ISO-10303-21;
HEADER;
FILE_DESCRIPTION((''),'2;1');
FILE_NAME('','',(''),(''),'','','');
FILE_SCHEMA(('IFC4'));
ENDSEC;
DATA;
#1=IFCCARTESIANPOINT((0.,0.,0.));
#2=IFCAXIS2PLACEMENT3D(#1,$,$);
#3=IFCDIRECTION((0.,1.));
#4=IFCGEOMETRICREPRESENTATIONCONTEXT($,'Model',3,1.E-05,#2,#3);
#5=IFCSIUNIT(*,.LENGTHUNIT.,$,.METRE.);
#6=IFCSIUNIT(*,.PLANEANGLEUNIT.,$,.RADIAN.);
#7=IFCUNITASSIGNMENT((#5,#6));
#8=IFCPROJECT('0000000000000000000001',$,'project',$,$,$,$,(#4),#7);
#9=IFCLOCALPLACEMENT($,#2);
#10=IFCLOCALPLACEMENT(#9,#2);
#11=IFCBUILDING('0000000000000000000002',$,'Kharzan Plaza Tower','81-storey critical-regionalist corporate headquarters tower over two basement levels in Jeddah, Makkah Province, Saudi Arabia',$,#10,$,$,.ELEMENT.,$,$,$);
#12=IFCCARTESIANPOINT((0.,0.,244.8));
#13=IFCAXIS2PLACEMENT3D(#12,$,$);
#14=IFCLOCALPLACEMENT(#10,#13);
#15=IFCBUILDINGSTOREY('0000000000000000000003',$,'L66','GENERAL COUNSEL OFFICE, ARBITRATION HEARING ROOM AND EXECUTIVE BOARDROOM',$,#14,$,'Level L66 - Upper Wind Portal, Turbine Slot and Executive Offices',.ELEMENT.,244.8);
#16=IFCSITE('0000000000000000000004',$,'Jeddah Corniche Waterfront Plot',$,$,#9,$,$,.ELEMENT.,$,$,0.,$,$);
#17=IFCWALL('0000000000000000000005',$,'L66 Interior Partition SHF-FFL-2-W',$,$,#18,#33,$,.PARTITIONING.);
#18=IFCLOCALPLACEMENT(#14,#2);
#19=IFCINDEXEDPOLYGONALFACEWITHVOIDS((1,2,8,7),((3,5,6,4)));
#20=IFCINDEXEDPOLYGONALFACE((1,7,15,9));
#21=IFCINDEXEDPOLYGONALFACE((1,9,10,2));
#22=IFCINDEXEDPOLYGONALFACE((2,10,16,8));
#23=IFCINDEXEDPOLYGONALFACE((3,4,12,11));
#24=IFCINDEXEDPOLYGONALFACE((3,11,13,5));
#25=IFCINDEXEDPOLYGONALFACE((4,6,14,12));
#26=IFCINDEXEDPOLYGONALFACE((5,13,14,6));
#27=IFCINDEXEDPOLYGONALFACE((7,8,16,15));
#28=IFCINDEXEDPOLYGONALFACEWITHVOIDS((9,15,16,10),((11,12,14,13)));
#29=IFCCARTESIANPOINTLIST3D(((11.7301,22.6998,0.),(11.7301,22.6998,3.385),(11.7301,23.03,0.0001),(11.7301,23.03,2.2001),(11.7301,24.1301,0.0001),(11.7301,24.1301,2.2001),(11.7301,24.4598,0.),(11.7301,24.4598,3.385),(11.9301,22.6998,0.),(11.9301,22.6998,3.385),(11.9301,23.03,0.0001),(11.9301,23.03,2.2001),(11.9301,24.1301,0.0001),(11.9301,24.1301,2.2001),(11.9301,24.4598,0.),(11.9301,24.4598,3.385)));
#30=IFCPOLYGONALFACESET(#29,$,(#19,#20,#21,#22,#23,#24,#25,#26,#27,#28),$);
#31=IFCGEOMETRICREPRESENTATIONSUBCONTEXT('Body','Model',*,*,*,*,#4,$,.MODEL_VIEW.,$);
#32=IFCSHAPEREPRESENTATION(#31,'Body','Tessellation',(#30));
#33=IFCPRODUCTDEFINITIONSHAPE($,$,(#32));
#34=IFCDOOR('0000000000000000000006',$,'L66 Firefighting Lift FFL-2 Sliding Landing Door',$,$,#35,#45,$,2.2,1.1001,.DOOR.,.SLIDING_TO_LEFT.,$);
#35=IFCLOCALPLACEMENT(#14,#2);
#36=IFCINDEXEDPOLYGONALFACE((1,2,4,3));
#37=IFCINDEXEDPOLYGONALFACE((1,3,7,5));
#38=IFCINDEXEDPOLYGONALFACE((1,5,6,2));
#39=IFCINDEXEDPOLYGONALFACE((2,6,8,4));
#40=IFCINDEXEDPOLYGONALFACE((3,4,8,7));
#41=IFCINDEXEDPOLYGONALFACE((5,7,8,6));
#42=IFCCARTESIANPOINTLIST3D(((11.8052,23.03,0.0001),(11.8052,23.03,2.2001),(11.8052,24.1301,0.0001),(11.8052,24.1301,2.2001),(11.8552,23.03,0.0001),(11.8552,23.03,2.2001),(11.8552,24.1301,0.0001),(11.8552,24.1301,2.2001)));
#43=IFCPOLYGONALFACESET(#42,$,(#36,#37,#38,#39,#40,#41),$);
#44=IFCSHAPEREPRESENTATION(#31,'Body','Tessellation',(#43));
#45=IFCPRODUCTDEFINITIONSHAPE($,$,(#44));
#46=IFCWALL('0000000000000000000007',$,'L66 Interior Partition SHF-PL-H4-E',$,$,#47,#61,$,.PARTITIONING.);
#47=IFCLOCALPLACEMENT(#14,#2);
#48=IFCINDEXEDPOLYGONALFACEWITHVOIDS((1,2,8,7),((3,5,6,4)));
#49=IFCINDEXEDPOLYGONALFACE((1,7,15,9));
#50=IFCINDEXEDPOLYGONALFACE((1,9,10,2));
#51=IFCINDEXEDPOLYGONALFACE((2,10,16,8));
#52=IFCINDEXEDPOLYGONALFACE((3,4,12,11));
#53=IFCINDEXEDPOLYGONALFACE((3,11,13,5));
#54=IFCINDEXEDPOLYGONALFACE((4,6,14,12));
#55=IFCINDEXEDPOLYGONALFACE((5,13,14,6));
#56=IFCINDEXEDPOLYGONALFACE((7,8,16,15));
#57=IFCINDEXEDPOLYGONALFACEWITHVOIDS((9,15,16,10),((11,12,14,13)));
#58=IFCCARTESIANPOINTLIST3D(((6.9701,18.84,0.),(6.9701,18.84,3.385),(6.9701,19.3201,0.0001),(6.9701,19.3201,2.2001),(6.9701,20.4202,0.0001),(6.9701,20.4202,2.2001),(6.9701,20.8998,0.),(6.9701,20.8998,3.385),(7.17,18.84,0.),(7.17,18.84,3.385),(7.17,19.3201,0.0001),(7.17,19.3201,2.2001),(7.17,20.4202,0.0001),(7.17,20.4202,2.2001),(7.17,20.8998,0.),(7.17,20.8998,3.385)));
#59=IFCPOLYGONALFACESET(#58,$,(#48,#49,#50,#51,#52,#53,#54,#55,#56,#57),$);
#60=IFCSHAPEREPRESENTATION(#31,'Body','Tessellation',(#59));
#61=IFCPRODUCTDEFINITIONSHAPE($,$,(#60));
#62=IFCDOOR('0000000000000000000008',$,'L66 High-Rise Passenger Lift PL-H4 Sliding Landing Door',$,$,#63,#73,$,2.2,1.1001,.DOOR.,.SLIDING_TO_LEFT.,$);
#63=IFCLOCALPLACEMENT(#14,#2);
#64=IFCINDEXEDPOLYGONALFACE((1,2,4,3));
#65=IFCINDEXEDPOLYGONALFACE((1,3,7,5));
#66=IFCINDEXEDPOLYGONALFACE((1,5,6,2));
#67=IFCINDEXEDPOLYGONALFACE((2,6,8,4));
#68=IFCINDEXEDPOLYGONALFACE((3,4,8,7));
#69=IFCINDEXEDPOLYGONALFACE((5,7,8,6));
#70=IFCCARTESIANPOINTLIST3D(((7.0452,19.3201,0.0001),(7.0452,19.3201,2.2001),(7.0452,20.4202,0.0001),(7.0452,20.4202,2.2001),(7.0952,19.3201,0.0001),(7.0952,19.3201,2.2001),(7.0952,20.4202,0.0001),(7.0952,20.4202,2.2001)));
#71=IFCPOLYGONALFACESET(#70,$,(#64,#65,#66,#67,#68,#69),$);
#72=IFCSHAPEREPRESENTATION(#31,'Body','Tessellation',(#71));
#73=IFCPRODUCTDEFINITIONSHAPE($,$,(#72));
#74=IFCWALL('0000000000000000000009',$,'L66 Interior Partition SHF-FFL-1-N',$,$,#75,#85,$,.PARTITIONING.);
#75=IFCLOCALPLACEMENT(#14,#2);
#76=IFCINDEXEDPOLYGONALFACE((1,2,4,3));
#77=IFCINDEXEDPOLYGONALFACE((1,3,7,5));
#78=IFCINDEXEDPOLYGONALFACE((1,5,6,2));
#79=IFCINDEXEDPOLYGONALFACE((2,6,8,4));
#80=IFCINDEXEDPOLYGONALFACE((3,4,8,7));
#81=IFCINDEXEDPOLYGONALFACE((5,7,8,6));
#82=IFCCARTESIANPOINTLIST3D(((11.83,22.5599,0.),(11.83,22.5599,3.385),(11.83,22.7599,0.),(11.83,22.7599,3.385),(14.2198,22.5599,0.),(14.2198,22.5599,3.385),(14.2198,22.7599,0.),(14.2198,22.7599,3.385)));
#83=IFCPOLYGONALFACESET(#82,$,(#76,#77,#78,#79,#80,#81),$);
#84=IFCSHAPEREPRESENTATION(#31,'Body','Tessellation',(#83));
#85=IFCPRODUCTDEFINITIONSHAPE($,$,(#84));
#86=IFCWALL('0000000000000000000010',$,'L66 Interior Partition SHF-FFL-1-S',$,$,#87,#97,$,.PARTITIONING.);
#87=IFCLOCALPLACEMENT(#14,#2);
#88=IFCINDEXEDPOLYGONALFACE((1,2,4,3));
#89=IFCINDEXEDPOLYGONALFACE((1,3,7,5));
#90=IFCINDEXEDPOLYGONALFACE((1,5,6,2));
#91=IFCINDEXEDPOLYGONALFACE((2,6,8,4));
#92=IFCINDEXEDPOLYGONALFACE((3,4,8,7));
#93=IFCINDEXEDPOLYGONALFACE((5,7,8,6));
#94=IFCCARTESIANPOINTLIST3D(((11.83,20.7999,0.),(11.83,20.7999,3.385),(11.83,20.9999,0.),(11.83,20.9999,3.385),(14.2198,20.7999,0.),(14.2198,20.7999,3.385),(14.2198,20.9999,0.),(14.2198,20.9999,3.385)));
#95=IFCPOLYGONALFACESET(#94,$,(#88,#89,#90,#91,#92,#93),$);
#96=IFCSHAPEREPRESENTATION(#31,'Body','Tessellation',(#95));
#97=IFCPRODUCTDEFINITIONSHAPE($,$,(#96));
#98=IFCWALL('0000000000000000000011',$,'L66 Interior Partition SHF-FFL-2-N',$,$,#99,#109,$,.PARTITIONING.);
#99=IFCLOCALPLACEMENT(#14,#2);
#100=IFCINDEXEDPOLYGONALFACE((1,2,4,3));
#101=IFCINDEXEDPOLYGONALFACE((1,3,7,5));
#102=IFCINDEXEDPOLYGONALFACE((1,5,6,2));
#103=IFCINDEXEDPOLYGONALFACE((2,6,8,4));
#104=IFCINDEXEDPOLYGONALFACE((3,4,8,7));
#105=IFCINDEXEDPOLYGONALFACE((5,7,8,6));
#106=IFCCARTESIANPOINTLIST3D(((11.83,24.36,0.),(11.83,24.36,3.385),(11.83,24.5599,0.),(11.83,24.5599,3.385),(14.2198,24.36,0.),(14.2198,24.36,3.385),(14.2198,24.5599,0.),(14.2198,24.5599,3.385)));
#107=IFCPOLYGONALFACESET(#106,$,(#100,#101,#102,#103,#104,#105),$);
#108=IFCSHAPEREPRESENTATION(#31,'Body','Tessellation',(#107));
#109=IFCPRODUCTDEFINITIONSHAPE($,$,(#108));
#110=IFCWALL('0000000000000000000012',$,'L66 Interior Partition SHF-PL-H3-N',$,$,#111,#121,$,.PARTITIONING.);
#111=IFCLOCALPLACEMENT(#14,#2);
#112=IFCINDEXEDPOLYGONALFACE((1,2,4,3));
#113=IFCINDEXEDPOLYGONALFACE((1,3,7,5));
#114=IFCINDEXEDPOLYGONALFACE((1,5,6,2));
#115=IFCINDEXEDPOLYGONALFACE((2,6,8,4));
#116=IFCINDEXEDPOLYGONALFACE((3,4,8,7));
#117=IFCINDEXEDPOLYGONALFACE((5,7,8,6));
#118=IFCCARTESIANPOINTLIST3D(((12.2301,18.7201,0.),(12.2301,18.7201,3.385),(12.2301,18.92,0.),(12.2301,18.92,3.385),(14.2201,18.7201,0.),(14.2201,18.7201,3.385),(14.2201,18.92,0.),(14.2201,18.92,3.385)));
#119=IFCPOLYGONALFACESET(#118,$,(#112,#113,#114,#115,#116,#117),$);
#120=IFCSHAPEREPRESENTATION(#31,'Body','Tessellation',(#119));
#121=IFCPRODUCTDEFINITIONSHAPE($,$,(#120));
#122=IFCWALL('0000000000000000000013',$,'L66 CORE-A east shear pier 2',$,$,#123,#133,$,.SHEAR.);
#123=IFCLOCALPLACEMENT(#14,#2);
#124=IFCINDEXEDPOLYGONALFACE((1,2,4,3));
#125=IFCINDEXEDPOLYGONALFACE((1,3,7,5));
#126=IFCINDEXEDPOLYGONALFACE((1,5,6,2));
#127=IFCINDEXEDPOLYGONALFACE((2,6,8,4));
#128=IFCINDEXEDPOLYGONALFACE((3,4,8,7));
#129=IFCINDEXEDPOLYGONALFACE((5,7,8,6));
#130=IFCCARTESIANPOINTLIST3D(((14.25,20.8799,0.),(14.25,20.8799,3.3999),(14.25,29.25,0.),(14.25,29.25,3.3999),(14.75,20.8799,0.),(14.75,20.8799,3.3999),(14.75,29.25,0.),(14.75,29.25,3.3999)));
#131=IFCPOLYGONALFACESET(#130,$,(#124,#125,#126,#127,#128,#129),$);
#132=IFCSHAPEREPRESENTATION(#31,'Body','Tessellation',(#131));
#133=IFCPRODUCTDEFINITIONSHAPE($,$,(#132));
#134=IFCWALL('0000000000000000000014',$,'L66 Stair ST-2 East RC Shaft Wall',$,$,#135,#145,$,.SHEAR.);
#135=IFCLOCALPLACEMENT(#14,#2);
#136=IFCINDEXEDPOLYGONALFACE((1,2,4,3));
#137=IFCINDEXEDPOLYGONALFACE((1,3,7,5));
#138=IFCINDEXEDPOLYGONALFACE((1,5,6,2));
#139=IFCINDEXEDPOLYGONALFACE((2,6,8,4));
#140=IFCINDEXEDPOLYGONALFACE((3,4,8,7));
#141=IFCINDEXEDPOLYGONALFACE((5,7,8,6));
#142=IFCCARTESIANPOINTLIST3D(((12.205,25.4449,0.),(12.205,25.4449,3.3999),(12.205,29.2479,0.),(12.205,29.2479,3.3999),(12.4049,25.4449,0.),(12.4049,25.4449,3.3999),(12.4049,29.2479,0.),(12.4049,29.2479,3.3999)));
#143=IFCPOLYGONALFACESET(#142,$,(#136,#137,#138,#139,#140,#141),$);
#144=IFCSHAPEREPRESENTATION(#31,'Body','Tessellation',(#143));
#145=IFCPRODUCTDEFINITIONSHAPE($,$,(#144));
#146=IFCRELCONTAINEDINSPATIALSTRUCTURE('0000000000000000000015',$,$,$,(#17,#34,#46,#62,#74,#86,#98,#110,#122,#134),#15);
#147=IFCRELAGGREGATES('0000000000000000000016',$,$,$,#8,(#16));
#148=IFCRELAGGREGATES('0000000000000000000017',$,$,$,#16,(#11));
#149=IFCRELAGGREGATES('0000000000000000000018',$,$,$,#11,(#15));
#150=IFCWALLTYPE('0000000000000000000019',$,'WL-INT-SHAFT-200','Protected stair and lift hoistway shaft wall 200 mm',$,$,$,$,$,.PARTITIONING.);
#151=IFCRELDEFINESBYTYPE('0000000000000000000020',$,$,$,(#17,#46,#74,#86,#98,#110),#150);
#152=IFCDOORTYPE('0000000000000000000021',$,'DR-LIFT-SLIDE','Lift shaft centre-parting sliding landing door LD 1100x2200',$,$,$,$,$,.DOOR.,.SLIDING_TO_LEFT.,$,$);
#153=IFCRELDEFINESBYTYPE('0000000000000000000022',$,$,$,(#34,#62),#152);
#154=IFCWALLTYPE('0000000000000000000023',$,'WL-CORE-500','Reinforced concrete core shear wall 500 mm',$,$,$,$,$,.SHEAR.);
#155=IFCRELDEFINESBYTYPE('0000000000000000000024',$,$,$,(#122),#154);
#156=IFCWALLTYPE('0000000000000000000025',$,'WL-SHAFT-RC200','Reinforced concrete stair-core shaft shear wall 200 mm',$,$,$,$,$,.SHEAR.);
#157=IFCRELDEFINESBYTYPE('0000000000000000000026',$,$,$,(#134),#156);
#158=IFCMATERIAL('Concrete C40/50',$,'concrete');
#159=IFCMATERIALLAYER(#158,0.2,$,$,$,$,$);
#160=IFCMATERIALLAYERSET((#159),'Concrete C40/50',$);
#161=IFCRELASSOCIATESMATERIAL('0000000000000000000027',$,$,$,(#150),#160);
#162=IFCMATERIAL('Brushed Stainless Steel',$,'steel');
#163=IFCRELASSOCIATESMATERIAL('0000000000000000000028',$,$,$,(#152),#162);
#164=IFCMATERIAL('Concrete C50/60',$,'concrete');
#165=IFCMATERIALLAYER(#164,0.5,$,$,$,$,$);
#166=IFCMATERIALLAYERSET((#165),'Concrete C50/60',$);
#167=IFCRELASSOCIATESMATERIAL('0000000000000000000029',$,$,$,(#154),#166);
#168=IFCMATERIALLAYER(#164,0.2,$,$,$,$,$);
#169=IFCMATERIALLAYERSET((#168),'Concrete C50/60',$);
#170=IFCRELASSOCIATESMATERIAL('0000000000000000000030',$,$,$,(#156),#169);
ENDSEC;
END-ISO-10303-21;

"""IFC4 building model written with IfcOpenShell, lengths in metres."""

from ifc_helpers import new_model, si_unit, direction, frame, frame_2d, origin, place, context, subcontext, project, spatial, rectangle, extrude, source, transform, mapped, material, layer, layer_set, type_object, element, fill, save


model = new_model("IFC4")

# Units and contexts
model_context = context("Model", 3, precision=1e-05, world=origin(), true_north=direction((0.0, 1.0)))
body_context = subcontext(model_context, "Body", "Model", "MODEL_VIEW")
ifc_project = project(units=[si_unit("LENGTHUNIT", "METRE"), si_unit("PLANEANGLEUNIT", "RADIAN")], contexts=[model_context])

# Site, building, storey
site_placement = place(None, origin())
site = spatial("IfcSite", under=ifc_project, at=site_placement, Name="Jeddah Corniche Waterfront Plot", CompositionType="ELEMENT", RefElevation=0.0)
building_placement = place(site_placement, origin())
building = spatial("IfcBuilding", under=site, at=building_placement, Name="Kharzan Plaza Tower", Description="81-storey critical-regionalist corporate headquarters tower over two basement levels in Jeddah, Makkah Province, Saudi Arabia", CompositionType="ELEMENT")
storey_placement = place(building_placement, frame((0.0, 0.0, 244.8)))
storey = spatial("IfcBuildingStorey", under=building, at=storey_placement, Name="L66", Description="GENERAL COUNSEL OFFICE, ARBITRATION HEARING ROOM AND EXECUTIVE BOARDROOM", LongName="Level L66 - Upper Wind Portal, Turbine Slot and Executive Offices", CompositionType="ELEMENT", Elevation=244.8)

# Walls, openings, doors
ifc_material_1 = material(Name="Concrete C40/50", Category="concrete")
ifc_layer_1 = layer(ifc_material_1, 0.2)
ifc_layer_set_1 = layer_set([ifc_layer_1], Name="Concrete C40/50")
wall_type_1 = type_object("IfcWallType", Name="WL-INT-SHAFT-200", Description="Protected stair and lift hoistway shaft wall 200 mm", PredefinedType="PARTITIONING", material=ifc_layer_set_1)
ifc_material_2 = material(Name="Brushed Stainless Steel", Category="steel")
door_type_1 = type_object("IfcDoorType", Name="DR-LIFT-SLIDE", Description="Lift shaft centre-parting sliding landing door LD 1100x2200", OperationType="SLIDING_TO_LEFT", PredefinedType="DOOR", material=ifc_material_2)
shared_shape_1 = source(origin(), body_context, "Body", "SweptSolid", [
    extrude(rectangle(XDim=1.1001, YDim=2.2, at=frame_2d((0.55, 1.1001))), frame((0.0, 0.0249, 0.0), z_axis=(0.0, -1.0, 0.0), x_axis=(1.0, 0.0, 0.0)), (0.0, 0.0, 1.0), 0.05),
])
wall_1_placement = place(storey_placement, frame((11.8301, 22.7, 0.0), z_axis=(0.0, 0.0, 1.0), x_axis=(0.0, 1.0, 0.0)))
wall_1 = element("IfcWall", 1, at=wall_1_placement, inside=storey, type_object=wall_type_1, Name="L66 Interior Partition SHF-FFL-2-W", PredefinedType="PARTITIONING", context=body_context, shape_type="SweptSolid", body=[
    extrude(rectangle(XDim=1.76, YDim=0.2, at=frame_2d((0.8799, 0.0))), origin(), (0.0, 0.0, 1.0), 3.385),
])
opening_1_placement = place(wall_1_placement, frame((0.3301, 0.0, 0.0)))
opening_1 = element("IfcOpeningElement", 2, at=opening_1_placement, cuts=wall_1, PredefinedType="OPENING", context=body_context, shape_type="SweptSolid", body=[
    extrude(rectangle(XDim=1.1001, YDim=2.2, at=frame_2d((0.55, 1.1001))), frame((0.0, 0.1099, 0.0), z_axis=(0.0, -1.0, 0.0), x_axis=(1.0, 0.0, 0.0)), (0.0, 0.0, 1.0), 0.22),
])
door_1_placement = place(opening_1_placement, origin())
door_1 = element("IfcDoor", 3, at=door_1_placement, inside=storey, type_object=door_type_1, Name="L66 Firefighting Lift FFL-2 Sliding Landing Door", OperationType="SLIDING_TO_LEFT", OverallHeight=2.2, OverallWidth=1.1001, PredefinedType="DOOR", context=body_context, shape_type="MappedRepresentation", body=[
    mapped(shared_shape_1, transform((0.0, 0.0, 0.0), x_axis=(1.0, 0.0, 0.0), y_axis=(0.0, 1.0, 0.0), z_axis=(0.0, 0.0, 1.0))),
])
fill(opening_1, door_1)
wall_2_placement = place(storey_placement, frame((7.0701, 18.8401, 0.0), z_axis=(0.0, 0.0, 1.0), x_axis=(0.0, 1.0, 0.0)))
wall_2 = element("IfcWall", 4, at=wall_2_placement, inside=storey, type_object=wall_type_1, Name="L66 Interior Partition SHF-PL-H4-E", PredefinedType="PARTITIONING", context=body_context, shape_type="SweptSolid", body=[
    extrude(rectangle(XDim=2.0598, YDim=0.2, at=frame_2d((1.0298, 0.0))), origin(), (0.0, 0.0, 1.0), 3.385),
])
opening_2_placement = place(wall_2_placement, frame((0.48, 0.0, 0.0)))
opening_2 = element("IfcOpeningElement", 5, at=opening_2_placement, cuts=wall_2, PredefinedType="OPENING", context=body_context, shape_type="SweptSolid", body=[
    extrude(rectangle(XDim=1.1001, YDim=2.2, at=frame_2d((0.55, 1.1001))), frame((0.0, 0.1099, 0.0), z_axis=(0.0, -1.0, 0.0), x_axis=(1.0, 0.0, 0.0)), (0.0, 0.0, 1.0), 0.22),
])
door_2_placement = place(opening_2_placement, origin())
door_2 = element("IfcDoor", 6, at=door_2_placement, inside=storey, type_object=door_type_1, Name="L66 High-Rise Passenger Lift PL-H4 Sliding Landing Door", OperationType="SLIDING_TO_LEFT", OverallHeight=2.2, OverallWidth=1.1001, PredefinedType="DOOR", context=body_context, shape_type="MappedRepresentation", body=[
    mapped(shared_shape_1, transform((0.0, 0.0, 0.0), x_axis=(1.0, 0.0, 0.0), y_axis=(0.0, 1.0, 0.0), z_axis=(0.0, 0.0, 1.0))),
])
fill(opening_2, door_2)

# Walls
shared_shape_2 = source(origin(), body_context, "Body", "SweptSolid", [
    extrude(rectangle(XDim=2.3899, YDim=0.2, at=frame_2d((1.1948, 0.0))), origin(), (0.0, 0.0, 1.0), 3.385),
])
for number, where, z_axis, x_axis, name in (
    (7, (11.8301, 22.6599, 0.0), (0.0, 0.0, 1.0), (1.0, 0.0, 0.0), "L66 Interior Partition SHF-FFL-1-N"),
    (8, (11.8301, 20.8999, 0.0), (0.0, 0.0, 1.0), (1.0, 0.0, 0.0), "L66 Interior Partition SHF-FFL-1-S"),
    (9, (11.8301, 24.46, 0.0), (0.0, 0.0, 1.0), (1.0, 0.0, 0.0), "L66 Interior Partition SHF-FFL-2-N"),
):
    element("IfcWall", number, at=place(storey_placement, frame(where, z_axis=z_axis, x_axis=x_axis)), inside=storey, type_object=wall_type_1, Name=name, PredefinedType="PARTITIONING", context=body_context, shape_type="MappedRepresentation", body=[
        mapped(shared_shape_2, transform((0.0, 0.0, 0.0), x_axis=(1.0, 0.0, 0.0), y_axis=(0.0, 1.0, 0.0), z_axis=(0.0, 0.0, 1.0))),
    ])
shared_shape_3 = source(origin(), body_context, "Body", "SweptSolid", [
    extrude(rectangle(XDim=1.99, YDim=0.2, at=frame_2d((0.9951, 0.0))), origin(), (0.0, 0.0, 1.0), 3.385),
])
wall_3_placement = place(storey_placement, frame((12.23, 18.8201, 0.0), z_axis=(0.0, 0.0, 1.0), x_axis=(1.0, 0.0, 0.0)))
element("IfcWall", 10, at=wall_3_placement, inside=storey, type_object=wall_type_1, Name="L66 Interior Partition SHF-PL-H3-N", PredefinedType="PARTITIONING", context=body_context, shape_type="MappedRepresentation", body=[
    mapped(shared_shape_3, transform((0.0, 0.0, 0.0), x_axis=(1.0, 0.0, 0.0), y_axis=(0.0, 1.0, 0.0), z_axis=(0.0, 0.0, 1.0))),
])
ifc_material_3 = material(Name="Concrete C50/60", Category="concrete")
ifc_layer_2 = layer(ifc_material_3, 0.5)
ifc_layer_set_2 = layer_set([ifc_layer_2], Name="Concrete C50/60")
wall_type_2 = type_object("IfcWallType", Name="WL-CORE-500", Description="Reinforced concrete core shear wall 500 mm", PredefinedType="SHEAR", material=ifc_layer_set_2)
shared_shape_4 = source(origin(), body_context, "Body", "SweptSolid", [
    extrude(rectangle(XDim=8.3701, YDim=0.5, at=frame_2d((4.1851, 0.0))), origin(), (0.0, 0.0, 1.0), 3.3999),
])
wall_4_placement = place(storey_placement, frame((14.5, 20.8799, 0.0), z_axis=(0.0, 0.0, 1.0), x_axis=(0.0, 1.0, 0.0)))
element("IfcWall", 11, at=wall_4_placement, inside=storey, type_object=wall_type_2, Name="L66 CORE-A east shear pier 2", PredefinedType="SHEAR", context=body_context, shape_type="MappedRepresentation", body=[
    mapped(shared_shape_4, transform((0.0, 0.0, 0.0), x_axis=(1.0, 0.0, 0.0), y_axis=(0.0, 1.0, 0.0), z_axis=(0.0, 0.0, 1.0))),
])
ifc_layer_3 = layer(ifc_material_3, 0.2)
ifc_layer_set_3 = layer_set([ifc_layer_3], Name="Concrete C50/60")
wall_type_3 = type_object("IfcWallType", Name="WL-SHAFT-RC200", Description="Reinforced concrete stair-core shaft shear wall 200 mm", PredefinedType="SHEAR", material=ifc_layer_set_3)
shared_shape_5 = source(origin(), body_context, "Body", "SweptSolid", [
    extrude(rectangle(XDim=3.803, YDim=0.2, at=frame_2d((1.9014, 0.0))), origin(), (0.0, 0.0, 1.0), 3.3999),
])
wall_5_placement = place(storey_placement, frame((12.3049, 25.4451, 0.0), z_axis=(0.0, 0.0, 1.0), x_axis=(0.0, 1.0, 0.0)))
element("IfcWall", 12, at=wall_5_placement, inside=storey, type_object=wall_type_3, Name="L66 Stair ST-2 East RC Shaft Wall", PredefinedType="SHEAR", context=body_context, shape_type="MappedRepresentation", body=[
    mapped(shared_shape_5, transform((0.0, 0.0, 0.0), x_axis=(1.0, 0.0, 0.0), y_axis=(0.0, 1.0, 0.0), z_axis=(0.0, 0.0, 1.0))),
])

save(model, "model.ifc")
